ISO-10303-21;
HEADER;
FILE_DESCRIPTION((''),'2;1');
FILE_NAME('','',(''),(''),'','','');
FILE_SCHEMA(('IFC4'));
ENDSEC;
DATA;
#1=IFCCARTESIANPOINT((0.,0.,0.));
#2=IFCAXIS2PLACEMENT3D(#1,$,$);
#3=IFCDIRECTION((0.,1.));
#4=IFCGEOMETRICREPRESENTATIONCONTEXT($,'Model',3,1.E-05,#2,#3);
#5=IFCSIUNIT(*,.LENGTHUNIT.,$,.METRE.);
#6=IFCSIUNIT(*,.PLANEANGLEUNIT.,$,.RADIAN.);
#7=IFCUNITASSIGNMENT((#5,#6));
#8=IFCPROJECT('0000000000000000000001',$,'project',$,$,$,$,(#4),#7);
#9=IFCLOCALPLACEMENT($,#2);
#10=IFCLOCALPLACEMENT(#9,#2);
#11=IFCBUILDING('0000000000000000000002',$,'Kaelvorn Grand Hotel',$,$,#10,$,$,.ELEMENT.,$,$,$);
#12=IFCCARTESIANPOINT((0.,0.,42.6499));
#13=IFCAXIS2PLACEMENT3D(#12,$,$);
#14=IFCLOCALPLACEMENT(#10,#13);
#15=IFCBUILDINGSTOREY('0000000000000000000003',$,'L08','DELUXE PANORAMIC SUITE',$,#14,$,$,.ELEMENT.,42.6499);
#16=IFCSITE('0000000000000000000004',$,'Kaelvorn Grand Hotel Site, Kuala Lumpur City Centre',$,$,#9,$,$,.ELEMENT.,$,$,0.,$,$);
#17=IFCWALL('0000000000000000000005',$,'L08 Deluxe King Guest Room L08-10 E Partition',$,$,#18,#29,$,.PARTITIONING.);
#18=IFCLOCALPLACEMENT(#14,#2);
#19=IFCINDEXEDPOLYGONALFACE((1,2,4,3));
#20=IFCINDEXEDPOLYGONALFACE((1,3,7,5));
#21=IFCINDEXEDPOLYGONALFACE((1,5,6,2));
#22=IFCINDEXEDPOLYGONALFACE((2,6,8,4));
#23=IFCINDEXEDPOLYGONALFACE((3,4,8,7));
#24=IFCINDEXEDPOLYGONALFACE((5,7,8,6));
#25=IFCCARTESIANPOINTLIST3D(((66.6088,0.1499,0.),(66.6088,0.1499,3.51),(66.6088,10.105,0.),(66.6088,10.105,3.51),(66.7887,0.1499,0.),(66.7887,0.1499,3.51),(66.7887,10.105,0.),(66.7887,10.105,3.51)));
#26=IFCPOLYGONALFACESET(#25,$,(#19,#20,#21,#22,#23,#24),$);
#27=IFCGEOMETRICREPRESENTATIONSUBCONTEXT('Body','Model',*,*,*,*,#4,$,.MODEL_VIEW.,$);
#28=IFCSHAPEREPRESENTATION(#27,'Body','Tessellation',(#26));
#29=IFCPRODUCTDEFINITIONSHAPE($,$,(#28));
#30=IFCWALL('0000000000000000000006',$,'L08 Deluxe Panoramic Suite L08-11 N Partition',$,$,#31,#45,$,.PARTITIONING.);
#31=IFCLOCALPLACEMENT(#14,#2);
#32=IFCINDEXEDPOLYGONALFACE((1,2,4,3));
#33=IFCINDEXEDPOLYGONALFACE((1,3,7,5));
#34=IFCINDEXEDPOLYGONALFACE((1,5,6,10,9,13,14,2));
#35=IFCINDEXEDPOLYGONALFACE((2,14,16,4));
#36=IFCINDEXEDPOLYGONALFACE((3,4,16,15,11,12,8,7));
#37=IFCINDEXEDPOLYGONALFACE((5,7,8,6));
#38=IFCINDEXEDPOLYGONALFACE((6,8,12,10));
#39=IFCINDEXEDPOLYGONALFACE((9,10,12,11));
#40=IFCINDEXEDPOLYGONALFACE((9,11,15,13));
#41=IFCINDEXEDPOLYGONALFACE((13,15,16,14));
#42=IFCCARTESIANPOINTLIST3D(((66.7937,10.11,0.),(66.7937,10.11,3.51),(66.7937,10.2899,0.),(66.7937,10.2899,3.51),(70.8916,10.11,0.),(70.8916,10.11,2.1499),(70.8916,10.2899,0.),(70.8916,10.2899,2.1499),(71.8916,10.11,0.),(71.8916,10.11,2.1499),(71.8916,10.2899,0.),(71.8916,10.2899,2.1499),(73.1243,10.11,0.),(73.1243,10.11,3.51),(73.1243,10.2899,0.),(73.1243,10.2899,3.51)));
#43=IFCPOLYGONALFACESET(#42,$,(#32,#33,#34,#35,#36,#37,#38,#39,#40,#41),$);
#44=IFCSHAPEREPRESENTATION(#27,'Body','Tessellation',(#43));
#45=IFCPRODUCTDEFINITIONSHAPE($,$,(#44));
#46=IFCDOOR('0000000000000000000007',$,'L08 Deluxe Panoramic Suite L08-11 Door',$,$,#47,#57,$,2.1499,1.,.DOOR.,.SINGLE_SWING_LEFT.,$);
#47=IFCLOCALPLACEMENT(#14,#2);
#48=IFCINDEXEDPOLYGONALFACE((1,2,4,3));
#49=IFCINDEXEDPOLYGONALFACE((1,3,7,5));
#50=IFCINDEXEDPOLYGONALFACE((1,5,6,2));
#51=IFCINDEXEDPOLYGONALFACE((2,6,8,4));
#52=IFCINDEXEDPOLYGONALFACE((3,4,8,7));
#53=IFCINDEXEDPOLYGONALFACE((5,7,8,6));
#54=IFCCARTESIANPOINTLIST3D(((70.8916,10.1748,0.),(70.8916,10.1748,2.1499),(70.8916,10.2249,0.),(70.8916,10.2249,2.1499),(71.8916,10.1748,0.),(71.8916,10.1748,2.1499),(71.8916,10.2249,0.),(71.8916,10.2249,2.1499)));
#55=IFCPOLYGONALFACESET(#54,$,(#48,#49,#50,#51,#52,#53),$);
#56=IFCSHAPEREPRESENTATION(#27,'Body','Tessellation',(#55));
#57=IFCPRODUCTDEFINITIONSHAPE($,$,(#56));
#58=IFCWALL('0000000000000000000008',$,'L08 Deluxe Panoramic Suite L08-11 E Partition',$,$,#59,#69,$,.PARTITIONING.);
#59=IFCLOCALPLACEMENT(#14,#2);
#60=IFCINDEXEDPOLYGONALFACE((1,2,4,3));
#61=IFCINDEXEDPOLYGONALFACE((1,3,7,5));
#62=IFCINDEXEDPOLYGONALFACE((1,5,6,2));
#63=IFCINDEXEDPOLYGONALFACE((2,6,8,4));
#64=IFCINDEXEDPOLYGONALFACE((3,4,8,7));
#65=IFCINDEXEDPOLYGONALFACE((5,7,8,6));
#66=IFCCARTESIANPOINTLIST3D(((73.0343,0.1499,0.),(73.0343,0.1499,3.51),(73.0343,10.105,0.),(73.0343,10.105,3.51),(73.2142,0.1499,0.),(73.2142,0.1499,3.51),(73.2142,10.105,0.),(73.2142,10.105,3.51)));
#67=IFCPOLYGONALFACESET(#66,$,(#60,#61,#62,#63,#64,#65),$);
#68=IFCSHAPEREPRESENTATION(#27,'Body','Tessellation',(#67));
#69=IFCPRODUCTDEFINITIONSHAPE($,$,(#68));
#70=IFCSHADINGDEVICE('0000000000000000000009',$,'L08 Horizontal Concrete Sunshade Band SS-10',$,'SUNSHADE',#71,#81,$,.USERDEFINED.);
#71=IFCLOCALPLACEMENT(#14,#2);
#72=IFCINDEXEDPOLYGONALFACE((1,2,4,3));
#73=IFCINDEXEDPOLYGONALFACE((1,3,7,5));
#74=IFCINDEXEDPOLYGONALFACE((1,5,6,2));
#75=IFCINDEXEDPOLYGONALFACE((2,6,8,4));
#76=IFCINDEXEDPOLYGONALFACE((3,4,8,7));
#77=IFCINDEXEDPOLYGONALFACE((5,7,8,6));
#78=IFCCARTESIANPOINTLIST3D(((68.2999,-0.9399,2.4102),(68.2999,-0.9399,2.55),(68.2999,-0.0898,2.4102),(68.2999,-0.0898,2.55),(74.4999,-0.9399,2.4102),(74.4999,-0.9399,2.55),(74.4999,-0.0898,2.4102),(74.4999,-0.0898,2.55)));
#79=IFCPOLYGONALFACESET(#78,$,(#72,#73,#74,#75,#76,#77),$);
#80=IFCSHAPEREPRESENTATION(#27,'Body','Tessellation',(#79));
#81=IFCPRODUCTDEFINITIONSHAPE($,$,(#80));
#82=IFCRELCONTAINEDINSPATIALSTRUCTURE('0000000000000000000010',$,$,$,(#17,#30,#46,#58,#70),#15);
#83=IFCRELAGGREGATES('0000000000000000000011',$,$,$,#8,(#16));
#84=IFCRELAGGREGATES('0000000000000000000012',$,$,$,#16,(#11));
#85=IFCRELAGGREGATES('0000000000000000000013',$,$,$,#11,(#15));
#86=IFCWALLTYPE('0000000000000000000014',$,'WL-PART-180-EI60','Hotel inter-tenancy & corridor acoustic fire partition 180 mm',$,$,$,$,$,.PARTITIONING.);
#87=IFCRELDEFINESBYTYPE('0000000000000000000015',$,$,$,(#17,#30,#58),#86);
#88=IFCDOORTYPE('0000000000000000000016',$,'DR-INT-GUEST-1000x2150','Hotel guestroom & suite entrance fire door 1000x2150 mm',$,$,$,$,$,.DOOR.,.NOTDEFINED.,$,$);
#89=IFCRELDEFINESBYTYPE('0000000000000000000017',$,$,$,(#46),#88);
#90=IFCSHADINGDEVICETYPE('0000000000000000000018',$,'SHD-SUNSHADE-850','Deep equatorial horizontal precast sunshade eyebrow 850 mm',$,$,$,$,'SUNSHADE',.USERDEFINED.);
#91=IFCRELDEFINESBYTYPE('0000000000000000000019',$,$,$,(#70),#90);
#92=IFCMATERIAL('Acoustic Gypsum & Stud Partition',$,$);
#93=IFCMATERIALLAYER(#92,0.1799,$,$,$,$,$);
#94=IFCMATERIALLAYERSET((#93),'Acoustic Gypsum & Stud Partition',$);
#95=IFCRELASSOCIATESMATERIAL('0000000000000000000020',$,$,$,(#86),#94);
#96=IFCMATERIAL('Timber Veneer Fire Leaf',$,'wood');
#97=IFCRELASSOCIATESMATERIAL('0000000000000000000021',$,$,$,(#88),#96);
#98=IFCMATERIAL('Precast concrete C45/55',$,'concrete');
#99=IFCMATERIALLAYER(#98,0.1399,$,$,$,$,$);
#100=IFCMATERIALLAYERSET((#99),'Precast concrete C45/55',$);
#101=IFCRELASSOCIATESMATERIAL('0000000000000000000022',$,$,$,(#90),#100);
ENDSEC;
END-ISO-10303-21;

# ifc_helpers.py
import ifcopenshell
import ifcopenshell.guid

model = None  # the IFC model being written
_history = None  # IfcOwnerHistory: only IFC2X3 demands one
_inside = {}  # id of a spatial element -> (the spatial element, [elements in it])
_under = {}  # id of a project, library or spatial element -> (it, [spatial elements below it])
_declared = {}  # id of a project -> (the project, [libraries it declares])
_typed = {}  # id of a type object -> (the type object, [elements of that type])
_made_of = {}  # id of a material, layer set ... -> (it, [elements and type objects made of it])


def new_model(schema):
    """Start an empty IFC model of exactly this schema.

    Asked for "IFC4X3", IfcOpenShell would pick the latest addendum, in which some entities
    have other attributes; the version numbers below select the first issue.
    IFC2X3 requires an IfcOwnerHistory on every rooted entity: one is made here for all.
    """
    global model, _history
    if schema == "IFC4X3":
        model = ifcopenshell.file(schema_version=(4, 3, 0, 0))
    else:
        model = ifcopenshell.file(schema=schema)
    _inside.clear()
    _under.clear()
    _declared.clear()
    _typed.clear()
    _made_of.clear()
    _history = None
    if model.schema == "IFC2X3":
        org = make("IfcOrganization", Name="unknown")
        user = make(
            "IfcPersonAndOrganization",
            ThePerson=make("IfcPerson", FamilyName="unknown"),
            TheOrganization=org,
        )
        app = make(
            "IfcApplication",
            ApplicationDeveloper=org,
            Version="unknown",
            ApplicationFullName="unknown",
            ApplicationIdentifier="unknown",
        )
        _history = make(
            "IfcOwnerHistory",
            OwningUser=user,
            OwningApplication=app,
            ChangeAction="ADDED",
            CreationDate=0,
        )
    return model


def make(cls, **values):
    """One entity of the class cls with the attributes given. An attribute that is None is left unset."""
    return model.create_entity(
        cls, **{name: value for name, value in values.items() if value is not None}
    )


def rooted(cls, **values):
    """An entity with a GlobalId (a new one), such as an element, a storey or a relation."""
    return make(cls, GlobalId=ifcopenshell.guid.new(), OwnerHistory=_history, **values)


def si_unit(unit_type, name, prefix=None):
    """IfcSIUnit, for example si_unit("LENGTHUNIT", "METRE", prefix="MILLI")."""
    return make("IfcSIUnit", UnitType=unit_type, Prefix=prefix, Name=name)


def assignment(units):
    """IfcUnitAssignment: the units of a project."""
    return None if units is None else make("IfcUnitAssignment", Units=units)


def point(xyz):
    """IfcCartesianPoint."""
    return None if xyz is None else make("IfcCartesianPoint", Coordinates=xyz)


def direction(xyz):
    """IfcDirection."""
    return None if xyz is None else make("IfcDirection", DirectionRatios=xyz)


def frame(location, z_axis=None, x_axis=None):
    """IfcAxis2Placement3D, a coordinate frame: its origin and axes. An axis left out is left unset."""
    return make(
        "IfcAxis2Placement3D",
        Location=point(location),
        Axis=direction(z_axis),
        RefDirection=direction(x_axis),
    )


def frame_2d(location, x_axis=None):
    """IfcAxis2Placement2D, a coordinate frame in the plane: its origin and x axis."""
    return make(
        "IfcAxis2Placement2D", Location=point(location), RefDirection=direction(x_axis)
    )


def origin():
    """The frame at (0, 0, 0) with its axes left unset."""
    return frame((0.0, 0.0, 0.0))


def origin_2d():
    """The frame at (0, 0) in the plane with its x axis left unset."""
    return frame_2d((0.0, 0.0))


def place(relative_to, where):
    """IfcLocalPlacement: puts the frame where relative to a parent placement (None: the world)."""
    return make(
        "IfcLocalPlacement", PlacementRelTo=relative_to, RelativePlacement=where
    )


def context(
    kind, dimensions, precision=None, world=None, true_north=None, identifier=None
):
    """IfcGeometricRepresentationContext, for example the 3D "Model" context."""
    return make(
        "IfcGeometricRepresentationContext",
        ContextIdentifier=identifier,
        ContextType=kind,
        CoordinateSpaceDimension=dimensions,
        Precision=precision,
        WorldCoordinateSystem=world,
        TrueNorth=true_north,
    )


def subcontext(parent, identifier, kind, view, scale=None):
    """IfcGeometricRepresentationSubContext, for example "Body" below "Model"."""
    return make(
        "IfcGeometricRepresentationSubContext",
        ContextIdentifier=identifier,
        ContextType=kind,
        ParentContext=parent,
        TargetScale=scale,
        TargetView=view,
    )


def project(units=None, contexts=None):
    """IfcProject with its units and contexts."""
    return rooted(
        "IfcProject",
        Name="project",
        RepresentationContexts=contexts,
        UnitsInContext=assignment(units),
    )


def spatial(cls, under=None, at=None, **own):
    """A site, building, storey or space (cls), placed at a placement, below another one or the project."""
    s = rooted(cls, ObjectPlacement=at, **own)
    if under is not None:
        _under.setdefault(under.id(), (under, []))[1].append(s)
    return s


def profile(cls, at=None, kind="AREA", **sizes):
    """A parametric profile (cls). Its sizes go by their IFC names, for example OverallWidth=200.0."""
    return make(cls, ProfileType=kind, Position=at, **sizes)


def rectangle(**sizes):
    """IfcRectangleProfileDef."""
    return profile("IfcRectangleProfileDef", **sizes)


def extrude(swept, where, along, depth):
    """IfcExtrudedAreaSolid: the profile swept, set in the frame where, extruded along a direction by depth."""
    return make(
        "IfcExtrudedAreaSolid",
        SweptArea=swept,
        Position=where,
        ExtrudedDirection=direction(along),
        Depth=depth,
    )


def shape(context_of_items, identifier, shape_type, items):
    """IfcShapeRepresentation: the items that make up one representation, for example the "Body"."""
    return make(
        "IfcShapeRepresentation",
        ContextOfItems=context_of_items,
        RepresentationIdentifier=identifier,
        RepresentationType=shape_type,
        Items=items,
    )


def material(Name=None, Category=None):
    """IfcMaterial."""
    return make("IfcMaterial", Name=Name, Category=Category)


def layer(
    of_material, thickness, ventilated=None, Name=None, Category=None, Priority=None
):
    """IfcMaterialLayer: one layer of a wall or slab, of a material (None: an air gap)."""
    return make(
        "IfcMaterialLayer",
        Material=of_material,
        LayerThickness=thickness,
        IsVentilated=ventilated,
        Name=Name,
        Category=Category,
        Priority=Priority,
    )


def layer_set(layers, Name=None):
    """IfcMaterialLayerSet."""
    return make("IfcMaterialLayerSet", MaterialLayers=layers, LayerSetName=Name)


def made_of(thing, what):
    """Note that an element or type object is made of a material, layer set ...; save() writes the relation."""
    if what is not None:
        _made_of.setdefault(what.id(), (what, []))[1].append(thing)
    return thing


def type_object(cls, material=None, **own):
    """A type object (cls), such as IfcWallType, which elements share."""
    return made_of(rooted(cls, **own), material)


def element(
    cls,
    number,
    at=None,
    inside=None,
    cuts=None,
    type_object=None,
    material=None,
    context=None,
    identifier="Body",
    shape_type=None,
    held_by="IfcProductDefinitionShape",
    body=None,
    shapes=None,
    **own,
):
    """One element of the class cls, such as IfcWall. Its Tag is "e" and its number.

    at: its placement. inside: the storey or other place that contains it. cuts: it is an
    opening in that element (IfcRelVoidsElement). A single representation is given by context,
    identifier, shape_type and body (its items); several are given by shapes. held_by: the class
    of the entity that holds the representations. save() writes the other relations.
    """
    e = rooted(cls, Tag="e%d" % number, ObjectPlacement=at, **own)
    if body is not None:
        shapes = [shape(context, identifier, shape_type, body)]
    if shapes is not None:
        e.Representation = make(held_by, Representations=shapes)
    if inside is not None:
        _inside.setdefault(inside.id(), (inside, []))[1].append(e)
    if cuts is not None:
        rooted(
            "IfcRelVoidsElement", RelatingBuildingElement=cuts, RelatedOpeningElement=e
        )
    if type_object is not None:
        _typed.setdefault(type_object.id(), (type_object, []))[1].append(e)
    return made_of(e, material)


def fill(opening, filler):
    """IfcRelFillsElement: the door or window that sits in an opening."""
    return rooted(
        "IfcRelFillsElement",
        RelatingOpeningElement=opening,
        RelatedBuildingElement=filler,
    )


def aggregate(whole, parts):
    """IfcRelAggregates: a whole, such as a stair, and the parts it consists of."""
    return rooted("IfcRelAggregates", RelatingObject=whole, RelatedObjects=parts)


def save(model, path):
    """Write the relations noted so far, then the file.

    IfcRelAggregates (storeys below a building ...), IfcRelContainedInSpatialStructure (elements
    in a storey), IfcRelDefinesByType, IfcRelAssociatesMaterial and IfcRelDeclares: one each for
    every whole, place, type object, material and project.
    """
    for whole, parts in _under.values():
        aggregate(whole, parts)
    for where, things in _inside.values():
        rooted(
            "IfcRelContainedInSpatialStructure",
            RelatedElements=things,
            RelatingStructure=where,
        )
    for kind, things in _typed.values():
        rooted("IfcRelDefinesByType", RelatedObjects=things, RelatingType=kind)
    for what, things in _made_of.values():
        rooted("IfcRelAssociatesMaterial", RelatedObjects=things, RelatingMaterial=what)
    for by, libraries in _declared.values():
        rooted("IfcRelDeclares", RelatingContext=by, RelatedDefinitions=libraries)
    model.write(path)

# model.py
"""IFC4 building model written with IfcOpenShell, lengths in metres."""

from ifc_helpers import new_model, si_unit, direction, frame, frame_2d, origin, origin_2d, place, context, subcontext, project, spatial, rectangle, extrude, material, layer, layer_set, type_object, element, fill, save


model = new_model("IFC4")

# Units and contexts
model_context = context("Model", 3, precision=1e-05, world=origin(), true_north=direction((0.0, 1.0)))
body_context = subcontext(model_context, "Body", "Model", "MODEL_VIEW")
ifc_project = project(units=[si_unit("LENGTHUNIT", "METRE"), si_unit("PLANEANGLEUNIT", "RADIAN")], contexts=[model_context])

# Site, building, storey
site_placement = place(None, origin())
site = spatial("IfcSite", under=ifc_project, at=site_placement, Name="Kaelvorn Grand Hotel Site, Kuala Lumpur City Centre", CompositionType="ELEMENT", RefElevation=0.0)
building_placement = place(site_placement, origin())
building = spatial("IfcBuilding", under=site, at=building_placement, Name="Kaelvorn Grand Hotel", CompositionType="ELEMENT")
storey_placement = place(building_placement, frame((0.0, 0.0, 42.6499)))
storey = spatial("IfcBuildingStorey", under=building, at=storey_placement, Name="L08", Description="DELUXE PANORAMIC SUITE", CompositionType="ELEMENT", Elevation=42.6499)

# Wall
ifc_material_1 = material(Name="Acoustic Gypsum & Stud Partition")
ifc_layer_1 = layer(ifc_material_1, 0.1799)
ifc_layer_set_1 = layer_set([ifc_layer_1], Name="Acoustic Gypsum & Stud Partition")
wall_type_1 = type_object("IfcWallType", Name="WL-PART-180-EI60", Description="Hotel inter-tenancy & corridor acoustic fire partition 180 mm", PredefinedType="PARTITIONING", material=ifc_layer_set_1)
wall_1_placement = place(storey_placement, frame((66.6987, 0.1499, 0.0), z_axis=(0.0, 0.0, 1.0), x_axis=(0.0, 1.0, 0.0)))
element("IfcWall", 1, at=wall_1_placement, inside=storey, type_object=wall_type_1, Name="L08 Deluxe King Guest Room L08-10 E Partition", PredefinedType="PARTITIONING", context=body_context, shape_type="SweptSolid", body=[
    extrude(rectangle(XDim=9.9551, YDim=0.1799, at=frame_2d((4.9775, 0.0))), origin(), (0.0, 0.0, 1.0), 3.51),
])

# Wall, opening, door
wall_2_placement = place(storey_placement, frame((66.7937, 10.2, 0.0), z_axis=(0.0, 0.0, 1.0), x_axis=(1.0, 0.0, 0.0)))
wall_2 = element("IfcWall", 2, at=wall_2_placement, inside=storey, type_object=wall_type_1, Name="L08 Deluxe Panoramic Suite L08-11 N Partition", PredefinedType="PARTITIONING", context=body_context, shape_type="SweptSolid", body=[
    extrude(rectangle(XDim=6.3306, YDim=0.1799, at=frame_2d((3.1653, 0.0))), origin(), (0.0, 0.0, 1.0), 3.51),
])
opening_1_placement = place(wall_2_placement, frame((4.0979, 0.0, 0.0)))
opening_1 = element("IfcOpeningElement", 3, at=opening_1_placement, cuts=wall_2, PredefinedType="OPENING", context=body_context, shape_type="SweptSolid", body=[
    extrude(rectangle(XDim=1.0, YDim=2.1499, at=frame_2d((0.5, 1.075))), frame((0.0, 0.1001, 0.0), z_axis=(0.0, -1.0, 0.0), x_axis=(1.0, 0.0, 0.0)), (0.0, 0.0, 1.0), 0.2),
])
ifc_material_2 = material(Name="Timber Veneer Fire Leaf", Category="wood")
door_type_1 = type_object("IfcDoorType", Name="DR-INT-GUEST-1000x2150", Description="Hotel guestroom & suite entrance fire door 1000x2150 mm", OperationType="NOTDEFINED", PredefinedType="DOOR", material=ifc_material_2)
door_1_placement = place(opening_1_placement, origin())
door_1 = element("IfcDoor", 4, at=door_1_placement, inside=storey, type_object=door_type_1, Name="L08 Deluxe Panoramic Suite L08-11 Door", OperationType="SINGLE_SWING_LEFT", OverallHeight=2.1499, OverallWidth=1.0, PredefinedType="DOOR", context=body_context, shape_type="SweptSolid", body=[
    extrude(rectangle(XDim=1.0, YDim=2.1499, at=frame_2d((0.5, 1.075))), frame((0.0, 0.0249, 0.0), z_axis=(0.0, -1.0, 0.0), x_axis=(1.0, 0.0, 0.0)), (0.0, 0.0, 1.0), 0.05),
])
fill(opening_1, door_1)

# Wall
wall_3_placement = place(storey_placement, frame((73.1243, 0.1499, 0.0), z_axis=(0.0, 0.0, 1.0), x_axis=(0.0, 1.0, 0.0)))
element("IfcWall", 5, at=wall_3_placement, inside=storey, type_object=wall_type_1, Name="L08 Deluxe Panoramic Suite L08-11 E Partition", PredefinedType="PARTITIONING", context=body_context, shape_type="SweptSolid", body=[
    extrude(rectangle(XDim=9.9551, YDim=0.1799, at=frame_2d((4.9775, 0.0))), origin(), (0.0, 0.0, 1.0), 3.51),
])

# Shading device
ifc_material_3 = material(Name="Precast concrete C45/55", Category="concrete")
ifc_layer_2 = layer(ifc_material_3, 0.1399)
ifc_layer_set_2 = layer_set([ifc_layer_2], Name="Precast concrete C45/55")
shading_device_type = type_object("IfcShadingDeviceType", Name="SHD-SUNSHADE-850", Description="Deep equatorial horizontal precast sunshade eyebrow 850 mm", ElementType="SUNSHADE", PredefinedType="USERDEFINED", material=ifc_layer_set_2)
shading_device_placement = place(storey_placement, frame((71.3999, -0.5149, 2.4102), z_axis=(0.0, 0.0, 1.0), x_axis=(1.0, 0.0, 0.0)))
element("IfcShadingDevice", 6, at=shading_device_placement, inside=storey, type_object=shading_device_type, Name="L08 Horizontal Concrete Sunshade Band SS-10", ObjectType="SUNSHADE", PredefinedType="USERDEFINED", context=body_context, shape_type="SweptSolid", body=[
    extrude(rectangle(XDim=6.2, YDim=0.8501, at=origin_2d()), origin(), (0.0, 0.0, 1.0), 0.1399),
])

save(model, "model.ifc")
